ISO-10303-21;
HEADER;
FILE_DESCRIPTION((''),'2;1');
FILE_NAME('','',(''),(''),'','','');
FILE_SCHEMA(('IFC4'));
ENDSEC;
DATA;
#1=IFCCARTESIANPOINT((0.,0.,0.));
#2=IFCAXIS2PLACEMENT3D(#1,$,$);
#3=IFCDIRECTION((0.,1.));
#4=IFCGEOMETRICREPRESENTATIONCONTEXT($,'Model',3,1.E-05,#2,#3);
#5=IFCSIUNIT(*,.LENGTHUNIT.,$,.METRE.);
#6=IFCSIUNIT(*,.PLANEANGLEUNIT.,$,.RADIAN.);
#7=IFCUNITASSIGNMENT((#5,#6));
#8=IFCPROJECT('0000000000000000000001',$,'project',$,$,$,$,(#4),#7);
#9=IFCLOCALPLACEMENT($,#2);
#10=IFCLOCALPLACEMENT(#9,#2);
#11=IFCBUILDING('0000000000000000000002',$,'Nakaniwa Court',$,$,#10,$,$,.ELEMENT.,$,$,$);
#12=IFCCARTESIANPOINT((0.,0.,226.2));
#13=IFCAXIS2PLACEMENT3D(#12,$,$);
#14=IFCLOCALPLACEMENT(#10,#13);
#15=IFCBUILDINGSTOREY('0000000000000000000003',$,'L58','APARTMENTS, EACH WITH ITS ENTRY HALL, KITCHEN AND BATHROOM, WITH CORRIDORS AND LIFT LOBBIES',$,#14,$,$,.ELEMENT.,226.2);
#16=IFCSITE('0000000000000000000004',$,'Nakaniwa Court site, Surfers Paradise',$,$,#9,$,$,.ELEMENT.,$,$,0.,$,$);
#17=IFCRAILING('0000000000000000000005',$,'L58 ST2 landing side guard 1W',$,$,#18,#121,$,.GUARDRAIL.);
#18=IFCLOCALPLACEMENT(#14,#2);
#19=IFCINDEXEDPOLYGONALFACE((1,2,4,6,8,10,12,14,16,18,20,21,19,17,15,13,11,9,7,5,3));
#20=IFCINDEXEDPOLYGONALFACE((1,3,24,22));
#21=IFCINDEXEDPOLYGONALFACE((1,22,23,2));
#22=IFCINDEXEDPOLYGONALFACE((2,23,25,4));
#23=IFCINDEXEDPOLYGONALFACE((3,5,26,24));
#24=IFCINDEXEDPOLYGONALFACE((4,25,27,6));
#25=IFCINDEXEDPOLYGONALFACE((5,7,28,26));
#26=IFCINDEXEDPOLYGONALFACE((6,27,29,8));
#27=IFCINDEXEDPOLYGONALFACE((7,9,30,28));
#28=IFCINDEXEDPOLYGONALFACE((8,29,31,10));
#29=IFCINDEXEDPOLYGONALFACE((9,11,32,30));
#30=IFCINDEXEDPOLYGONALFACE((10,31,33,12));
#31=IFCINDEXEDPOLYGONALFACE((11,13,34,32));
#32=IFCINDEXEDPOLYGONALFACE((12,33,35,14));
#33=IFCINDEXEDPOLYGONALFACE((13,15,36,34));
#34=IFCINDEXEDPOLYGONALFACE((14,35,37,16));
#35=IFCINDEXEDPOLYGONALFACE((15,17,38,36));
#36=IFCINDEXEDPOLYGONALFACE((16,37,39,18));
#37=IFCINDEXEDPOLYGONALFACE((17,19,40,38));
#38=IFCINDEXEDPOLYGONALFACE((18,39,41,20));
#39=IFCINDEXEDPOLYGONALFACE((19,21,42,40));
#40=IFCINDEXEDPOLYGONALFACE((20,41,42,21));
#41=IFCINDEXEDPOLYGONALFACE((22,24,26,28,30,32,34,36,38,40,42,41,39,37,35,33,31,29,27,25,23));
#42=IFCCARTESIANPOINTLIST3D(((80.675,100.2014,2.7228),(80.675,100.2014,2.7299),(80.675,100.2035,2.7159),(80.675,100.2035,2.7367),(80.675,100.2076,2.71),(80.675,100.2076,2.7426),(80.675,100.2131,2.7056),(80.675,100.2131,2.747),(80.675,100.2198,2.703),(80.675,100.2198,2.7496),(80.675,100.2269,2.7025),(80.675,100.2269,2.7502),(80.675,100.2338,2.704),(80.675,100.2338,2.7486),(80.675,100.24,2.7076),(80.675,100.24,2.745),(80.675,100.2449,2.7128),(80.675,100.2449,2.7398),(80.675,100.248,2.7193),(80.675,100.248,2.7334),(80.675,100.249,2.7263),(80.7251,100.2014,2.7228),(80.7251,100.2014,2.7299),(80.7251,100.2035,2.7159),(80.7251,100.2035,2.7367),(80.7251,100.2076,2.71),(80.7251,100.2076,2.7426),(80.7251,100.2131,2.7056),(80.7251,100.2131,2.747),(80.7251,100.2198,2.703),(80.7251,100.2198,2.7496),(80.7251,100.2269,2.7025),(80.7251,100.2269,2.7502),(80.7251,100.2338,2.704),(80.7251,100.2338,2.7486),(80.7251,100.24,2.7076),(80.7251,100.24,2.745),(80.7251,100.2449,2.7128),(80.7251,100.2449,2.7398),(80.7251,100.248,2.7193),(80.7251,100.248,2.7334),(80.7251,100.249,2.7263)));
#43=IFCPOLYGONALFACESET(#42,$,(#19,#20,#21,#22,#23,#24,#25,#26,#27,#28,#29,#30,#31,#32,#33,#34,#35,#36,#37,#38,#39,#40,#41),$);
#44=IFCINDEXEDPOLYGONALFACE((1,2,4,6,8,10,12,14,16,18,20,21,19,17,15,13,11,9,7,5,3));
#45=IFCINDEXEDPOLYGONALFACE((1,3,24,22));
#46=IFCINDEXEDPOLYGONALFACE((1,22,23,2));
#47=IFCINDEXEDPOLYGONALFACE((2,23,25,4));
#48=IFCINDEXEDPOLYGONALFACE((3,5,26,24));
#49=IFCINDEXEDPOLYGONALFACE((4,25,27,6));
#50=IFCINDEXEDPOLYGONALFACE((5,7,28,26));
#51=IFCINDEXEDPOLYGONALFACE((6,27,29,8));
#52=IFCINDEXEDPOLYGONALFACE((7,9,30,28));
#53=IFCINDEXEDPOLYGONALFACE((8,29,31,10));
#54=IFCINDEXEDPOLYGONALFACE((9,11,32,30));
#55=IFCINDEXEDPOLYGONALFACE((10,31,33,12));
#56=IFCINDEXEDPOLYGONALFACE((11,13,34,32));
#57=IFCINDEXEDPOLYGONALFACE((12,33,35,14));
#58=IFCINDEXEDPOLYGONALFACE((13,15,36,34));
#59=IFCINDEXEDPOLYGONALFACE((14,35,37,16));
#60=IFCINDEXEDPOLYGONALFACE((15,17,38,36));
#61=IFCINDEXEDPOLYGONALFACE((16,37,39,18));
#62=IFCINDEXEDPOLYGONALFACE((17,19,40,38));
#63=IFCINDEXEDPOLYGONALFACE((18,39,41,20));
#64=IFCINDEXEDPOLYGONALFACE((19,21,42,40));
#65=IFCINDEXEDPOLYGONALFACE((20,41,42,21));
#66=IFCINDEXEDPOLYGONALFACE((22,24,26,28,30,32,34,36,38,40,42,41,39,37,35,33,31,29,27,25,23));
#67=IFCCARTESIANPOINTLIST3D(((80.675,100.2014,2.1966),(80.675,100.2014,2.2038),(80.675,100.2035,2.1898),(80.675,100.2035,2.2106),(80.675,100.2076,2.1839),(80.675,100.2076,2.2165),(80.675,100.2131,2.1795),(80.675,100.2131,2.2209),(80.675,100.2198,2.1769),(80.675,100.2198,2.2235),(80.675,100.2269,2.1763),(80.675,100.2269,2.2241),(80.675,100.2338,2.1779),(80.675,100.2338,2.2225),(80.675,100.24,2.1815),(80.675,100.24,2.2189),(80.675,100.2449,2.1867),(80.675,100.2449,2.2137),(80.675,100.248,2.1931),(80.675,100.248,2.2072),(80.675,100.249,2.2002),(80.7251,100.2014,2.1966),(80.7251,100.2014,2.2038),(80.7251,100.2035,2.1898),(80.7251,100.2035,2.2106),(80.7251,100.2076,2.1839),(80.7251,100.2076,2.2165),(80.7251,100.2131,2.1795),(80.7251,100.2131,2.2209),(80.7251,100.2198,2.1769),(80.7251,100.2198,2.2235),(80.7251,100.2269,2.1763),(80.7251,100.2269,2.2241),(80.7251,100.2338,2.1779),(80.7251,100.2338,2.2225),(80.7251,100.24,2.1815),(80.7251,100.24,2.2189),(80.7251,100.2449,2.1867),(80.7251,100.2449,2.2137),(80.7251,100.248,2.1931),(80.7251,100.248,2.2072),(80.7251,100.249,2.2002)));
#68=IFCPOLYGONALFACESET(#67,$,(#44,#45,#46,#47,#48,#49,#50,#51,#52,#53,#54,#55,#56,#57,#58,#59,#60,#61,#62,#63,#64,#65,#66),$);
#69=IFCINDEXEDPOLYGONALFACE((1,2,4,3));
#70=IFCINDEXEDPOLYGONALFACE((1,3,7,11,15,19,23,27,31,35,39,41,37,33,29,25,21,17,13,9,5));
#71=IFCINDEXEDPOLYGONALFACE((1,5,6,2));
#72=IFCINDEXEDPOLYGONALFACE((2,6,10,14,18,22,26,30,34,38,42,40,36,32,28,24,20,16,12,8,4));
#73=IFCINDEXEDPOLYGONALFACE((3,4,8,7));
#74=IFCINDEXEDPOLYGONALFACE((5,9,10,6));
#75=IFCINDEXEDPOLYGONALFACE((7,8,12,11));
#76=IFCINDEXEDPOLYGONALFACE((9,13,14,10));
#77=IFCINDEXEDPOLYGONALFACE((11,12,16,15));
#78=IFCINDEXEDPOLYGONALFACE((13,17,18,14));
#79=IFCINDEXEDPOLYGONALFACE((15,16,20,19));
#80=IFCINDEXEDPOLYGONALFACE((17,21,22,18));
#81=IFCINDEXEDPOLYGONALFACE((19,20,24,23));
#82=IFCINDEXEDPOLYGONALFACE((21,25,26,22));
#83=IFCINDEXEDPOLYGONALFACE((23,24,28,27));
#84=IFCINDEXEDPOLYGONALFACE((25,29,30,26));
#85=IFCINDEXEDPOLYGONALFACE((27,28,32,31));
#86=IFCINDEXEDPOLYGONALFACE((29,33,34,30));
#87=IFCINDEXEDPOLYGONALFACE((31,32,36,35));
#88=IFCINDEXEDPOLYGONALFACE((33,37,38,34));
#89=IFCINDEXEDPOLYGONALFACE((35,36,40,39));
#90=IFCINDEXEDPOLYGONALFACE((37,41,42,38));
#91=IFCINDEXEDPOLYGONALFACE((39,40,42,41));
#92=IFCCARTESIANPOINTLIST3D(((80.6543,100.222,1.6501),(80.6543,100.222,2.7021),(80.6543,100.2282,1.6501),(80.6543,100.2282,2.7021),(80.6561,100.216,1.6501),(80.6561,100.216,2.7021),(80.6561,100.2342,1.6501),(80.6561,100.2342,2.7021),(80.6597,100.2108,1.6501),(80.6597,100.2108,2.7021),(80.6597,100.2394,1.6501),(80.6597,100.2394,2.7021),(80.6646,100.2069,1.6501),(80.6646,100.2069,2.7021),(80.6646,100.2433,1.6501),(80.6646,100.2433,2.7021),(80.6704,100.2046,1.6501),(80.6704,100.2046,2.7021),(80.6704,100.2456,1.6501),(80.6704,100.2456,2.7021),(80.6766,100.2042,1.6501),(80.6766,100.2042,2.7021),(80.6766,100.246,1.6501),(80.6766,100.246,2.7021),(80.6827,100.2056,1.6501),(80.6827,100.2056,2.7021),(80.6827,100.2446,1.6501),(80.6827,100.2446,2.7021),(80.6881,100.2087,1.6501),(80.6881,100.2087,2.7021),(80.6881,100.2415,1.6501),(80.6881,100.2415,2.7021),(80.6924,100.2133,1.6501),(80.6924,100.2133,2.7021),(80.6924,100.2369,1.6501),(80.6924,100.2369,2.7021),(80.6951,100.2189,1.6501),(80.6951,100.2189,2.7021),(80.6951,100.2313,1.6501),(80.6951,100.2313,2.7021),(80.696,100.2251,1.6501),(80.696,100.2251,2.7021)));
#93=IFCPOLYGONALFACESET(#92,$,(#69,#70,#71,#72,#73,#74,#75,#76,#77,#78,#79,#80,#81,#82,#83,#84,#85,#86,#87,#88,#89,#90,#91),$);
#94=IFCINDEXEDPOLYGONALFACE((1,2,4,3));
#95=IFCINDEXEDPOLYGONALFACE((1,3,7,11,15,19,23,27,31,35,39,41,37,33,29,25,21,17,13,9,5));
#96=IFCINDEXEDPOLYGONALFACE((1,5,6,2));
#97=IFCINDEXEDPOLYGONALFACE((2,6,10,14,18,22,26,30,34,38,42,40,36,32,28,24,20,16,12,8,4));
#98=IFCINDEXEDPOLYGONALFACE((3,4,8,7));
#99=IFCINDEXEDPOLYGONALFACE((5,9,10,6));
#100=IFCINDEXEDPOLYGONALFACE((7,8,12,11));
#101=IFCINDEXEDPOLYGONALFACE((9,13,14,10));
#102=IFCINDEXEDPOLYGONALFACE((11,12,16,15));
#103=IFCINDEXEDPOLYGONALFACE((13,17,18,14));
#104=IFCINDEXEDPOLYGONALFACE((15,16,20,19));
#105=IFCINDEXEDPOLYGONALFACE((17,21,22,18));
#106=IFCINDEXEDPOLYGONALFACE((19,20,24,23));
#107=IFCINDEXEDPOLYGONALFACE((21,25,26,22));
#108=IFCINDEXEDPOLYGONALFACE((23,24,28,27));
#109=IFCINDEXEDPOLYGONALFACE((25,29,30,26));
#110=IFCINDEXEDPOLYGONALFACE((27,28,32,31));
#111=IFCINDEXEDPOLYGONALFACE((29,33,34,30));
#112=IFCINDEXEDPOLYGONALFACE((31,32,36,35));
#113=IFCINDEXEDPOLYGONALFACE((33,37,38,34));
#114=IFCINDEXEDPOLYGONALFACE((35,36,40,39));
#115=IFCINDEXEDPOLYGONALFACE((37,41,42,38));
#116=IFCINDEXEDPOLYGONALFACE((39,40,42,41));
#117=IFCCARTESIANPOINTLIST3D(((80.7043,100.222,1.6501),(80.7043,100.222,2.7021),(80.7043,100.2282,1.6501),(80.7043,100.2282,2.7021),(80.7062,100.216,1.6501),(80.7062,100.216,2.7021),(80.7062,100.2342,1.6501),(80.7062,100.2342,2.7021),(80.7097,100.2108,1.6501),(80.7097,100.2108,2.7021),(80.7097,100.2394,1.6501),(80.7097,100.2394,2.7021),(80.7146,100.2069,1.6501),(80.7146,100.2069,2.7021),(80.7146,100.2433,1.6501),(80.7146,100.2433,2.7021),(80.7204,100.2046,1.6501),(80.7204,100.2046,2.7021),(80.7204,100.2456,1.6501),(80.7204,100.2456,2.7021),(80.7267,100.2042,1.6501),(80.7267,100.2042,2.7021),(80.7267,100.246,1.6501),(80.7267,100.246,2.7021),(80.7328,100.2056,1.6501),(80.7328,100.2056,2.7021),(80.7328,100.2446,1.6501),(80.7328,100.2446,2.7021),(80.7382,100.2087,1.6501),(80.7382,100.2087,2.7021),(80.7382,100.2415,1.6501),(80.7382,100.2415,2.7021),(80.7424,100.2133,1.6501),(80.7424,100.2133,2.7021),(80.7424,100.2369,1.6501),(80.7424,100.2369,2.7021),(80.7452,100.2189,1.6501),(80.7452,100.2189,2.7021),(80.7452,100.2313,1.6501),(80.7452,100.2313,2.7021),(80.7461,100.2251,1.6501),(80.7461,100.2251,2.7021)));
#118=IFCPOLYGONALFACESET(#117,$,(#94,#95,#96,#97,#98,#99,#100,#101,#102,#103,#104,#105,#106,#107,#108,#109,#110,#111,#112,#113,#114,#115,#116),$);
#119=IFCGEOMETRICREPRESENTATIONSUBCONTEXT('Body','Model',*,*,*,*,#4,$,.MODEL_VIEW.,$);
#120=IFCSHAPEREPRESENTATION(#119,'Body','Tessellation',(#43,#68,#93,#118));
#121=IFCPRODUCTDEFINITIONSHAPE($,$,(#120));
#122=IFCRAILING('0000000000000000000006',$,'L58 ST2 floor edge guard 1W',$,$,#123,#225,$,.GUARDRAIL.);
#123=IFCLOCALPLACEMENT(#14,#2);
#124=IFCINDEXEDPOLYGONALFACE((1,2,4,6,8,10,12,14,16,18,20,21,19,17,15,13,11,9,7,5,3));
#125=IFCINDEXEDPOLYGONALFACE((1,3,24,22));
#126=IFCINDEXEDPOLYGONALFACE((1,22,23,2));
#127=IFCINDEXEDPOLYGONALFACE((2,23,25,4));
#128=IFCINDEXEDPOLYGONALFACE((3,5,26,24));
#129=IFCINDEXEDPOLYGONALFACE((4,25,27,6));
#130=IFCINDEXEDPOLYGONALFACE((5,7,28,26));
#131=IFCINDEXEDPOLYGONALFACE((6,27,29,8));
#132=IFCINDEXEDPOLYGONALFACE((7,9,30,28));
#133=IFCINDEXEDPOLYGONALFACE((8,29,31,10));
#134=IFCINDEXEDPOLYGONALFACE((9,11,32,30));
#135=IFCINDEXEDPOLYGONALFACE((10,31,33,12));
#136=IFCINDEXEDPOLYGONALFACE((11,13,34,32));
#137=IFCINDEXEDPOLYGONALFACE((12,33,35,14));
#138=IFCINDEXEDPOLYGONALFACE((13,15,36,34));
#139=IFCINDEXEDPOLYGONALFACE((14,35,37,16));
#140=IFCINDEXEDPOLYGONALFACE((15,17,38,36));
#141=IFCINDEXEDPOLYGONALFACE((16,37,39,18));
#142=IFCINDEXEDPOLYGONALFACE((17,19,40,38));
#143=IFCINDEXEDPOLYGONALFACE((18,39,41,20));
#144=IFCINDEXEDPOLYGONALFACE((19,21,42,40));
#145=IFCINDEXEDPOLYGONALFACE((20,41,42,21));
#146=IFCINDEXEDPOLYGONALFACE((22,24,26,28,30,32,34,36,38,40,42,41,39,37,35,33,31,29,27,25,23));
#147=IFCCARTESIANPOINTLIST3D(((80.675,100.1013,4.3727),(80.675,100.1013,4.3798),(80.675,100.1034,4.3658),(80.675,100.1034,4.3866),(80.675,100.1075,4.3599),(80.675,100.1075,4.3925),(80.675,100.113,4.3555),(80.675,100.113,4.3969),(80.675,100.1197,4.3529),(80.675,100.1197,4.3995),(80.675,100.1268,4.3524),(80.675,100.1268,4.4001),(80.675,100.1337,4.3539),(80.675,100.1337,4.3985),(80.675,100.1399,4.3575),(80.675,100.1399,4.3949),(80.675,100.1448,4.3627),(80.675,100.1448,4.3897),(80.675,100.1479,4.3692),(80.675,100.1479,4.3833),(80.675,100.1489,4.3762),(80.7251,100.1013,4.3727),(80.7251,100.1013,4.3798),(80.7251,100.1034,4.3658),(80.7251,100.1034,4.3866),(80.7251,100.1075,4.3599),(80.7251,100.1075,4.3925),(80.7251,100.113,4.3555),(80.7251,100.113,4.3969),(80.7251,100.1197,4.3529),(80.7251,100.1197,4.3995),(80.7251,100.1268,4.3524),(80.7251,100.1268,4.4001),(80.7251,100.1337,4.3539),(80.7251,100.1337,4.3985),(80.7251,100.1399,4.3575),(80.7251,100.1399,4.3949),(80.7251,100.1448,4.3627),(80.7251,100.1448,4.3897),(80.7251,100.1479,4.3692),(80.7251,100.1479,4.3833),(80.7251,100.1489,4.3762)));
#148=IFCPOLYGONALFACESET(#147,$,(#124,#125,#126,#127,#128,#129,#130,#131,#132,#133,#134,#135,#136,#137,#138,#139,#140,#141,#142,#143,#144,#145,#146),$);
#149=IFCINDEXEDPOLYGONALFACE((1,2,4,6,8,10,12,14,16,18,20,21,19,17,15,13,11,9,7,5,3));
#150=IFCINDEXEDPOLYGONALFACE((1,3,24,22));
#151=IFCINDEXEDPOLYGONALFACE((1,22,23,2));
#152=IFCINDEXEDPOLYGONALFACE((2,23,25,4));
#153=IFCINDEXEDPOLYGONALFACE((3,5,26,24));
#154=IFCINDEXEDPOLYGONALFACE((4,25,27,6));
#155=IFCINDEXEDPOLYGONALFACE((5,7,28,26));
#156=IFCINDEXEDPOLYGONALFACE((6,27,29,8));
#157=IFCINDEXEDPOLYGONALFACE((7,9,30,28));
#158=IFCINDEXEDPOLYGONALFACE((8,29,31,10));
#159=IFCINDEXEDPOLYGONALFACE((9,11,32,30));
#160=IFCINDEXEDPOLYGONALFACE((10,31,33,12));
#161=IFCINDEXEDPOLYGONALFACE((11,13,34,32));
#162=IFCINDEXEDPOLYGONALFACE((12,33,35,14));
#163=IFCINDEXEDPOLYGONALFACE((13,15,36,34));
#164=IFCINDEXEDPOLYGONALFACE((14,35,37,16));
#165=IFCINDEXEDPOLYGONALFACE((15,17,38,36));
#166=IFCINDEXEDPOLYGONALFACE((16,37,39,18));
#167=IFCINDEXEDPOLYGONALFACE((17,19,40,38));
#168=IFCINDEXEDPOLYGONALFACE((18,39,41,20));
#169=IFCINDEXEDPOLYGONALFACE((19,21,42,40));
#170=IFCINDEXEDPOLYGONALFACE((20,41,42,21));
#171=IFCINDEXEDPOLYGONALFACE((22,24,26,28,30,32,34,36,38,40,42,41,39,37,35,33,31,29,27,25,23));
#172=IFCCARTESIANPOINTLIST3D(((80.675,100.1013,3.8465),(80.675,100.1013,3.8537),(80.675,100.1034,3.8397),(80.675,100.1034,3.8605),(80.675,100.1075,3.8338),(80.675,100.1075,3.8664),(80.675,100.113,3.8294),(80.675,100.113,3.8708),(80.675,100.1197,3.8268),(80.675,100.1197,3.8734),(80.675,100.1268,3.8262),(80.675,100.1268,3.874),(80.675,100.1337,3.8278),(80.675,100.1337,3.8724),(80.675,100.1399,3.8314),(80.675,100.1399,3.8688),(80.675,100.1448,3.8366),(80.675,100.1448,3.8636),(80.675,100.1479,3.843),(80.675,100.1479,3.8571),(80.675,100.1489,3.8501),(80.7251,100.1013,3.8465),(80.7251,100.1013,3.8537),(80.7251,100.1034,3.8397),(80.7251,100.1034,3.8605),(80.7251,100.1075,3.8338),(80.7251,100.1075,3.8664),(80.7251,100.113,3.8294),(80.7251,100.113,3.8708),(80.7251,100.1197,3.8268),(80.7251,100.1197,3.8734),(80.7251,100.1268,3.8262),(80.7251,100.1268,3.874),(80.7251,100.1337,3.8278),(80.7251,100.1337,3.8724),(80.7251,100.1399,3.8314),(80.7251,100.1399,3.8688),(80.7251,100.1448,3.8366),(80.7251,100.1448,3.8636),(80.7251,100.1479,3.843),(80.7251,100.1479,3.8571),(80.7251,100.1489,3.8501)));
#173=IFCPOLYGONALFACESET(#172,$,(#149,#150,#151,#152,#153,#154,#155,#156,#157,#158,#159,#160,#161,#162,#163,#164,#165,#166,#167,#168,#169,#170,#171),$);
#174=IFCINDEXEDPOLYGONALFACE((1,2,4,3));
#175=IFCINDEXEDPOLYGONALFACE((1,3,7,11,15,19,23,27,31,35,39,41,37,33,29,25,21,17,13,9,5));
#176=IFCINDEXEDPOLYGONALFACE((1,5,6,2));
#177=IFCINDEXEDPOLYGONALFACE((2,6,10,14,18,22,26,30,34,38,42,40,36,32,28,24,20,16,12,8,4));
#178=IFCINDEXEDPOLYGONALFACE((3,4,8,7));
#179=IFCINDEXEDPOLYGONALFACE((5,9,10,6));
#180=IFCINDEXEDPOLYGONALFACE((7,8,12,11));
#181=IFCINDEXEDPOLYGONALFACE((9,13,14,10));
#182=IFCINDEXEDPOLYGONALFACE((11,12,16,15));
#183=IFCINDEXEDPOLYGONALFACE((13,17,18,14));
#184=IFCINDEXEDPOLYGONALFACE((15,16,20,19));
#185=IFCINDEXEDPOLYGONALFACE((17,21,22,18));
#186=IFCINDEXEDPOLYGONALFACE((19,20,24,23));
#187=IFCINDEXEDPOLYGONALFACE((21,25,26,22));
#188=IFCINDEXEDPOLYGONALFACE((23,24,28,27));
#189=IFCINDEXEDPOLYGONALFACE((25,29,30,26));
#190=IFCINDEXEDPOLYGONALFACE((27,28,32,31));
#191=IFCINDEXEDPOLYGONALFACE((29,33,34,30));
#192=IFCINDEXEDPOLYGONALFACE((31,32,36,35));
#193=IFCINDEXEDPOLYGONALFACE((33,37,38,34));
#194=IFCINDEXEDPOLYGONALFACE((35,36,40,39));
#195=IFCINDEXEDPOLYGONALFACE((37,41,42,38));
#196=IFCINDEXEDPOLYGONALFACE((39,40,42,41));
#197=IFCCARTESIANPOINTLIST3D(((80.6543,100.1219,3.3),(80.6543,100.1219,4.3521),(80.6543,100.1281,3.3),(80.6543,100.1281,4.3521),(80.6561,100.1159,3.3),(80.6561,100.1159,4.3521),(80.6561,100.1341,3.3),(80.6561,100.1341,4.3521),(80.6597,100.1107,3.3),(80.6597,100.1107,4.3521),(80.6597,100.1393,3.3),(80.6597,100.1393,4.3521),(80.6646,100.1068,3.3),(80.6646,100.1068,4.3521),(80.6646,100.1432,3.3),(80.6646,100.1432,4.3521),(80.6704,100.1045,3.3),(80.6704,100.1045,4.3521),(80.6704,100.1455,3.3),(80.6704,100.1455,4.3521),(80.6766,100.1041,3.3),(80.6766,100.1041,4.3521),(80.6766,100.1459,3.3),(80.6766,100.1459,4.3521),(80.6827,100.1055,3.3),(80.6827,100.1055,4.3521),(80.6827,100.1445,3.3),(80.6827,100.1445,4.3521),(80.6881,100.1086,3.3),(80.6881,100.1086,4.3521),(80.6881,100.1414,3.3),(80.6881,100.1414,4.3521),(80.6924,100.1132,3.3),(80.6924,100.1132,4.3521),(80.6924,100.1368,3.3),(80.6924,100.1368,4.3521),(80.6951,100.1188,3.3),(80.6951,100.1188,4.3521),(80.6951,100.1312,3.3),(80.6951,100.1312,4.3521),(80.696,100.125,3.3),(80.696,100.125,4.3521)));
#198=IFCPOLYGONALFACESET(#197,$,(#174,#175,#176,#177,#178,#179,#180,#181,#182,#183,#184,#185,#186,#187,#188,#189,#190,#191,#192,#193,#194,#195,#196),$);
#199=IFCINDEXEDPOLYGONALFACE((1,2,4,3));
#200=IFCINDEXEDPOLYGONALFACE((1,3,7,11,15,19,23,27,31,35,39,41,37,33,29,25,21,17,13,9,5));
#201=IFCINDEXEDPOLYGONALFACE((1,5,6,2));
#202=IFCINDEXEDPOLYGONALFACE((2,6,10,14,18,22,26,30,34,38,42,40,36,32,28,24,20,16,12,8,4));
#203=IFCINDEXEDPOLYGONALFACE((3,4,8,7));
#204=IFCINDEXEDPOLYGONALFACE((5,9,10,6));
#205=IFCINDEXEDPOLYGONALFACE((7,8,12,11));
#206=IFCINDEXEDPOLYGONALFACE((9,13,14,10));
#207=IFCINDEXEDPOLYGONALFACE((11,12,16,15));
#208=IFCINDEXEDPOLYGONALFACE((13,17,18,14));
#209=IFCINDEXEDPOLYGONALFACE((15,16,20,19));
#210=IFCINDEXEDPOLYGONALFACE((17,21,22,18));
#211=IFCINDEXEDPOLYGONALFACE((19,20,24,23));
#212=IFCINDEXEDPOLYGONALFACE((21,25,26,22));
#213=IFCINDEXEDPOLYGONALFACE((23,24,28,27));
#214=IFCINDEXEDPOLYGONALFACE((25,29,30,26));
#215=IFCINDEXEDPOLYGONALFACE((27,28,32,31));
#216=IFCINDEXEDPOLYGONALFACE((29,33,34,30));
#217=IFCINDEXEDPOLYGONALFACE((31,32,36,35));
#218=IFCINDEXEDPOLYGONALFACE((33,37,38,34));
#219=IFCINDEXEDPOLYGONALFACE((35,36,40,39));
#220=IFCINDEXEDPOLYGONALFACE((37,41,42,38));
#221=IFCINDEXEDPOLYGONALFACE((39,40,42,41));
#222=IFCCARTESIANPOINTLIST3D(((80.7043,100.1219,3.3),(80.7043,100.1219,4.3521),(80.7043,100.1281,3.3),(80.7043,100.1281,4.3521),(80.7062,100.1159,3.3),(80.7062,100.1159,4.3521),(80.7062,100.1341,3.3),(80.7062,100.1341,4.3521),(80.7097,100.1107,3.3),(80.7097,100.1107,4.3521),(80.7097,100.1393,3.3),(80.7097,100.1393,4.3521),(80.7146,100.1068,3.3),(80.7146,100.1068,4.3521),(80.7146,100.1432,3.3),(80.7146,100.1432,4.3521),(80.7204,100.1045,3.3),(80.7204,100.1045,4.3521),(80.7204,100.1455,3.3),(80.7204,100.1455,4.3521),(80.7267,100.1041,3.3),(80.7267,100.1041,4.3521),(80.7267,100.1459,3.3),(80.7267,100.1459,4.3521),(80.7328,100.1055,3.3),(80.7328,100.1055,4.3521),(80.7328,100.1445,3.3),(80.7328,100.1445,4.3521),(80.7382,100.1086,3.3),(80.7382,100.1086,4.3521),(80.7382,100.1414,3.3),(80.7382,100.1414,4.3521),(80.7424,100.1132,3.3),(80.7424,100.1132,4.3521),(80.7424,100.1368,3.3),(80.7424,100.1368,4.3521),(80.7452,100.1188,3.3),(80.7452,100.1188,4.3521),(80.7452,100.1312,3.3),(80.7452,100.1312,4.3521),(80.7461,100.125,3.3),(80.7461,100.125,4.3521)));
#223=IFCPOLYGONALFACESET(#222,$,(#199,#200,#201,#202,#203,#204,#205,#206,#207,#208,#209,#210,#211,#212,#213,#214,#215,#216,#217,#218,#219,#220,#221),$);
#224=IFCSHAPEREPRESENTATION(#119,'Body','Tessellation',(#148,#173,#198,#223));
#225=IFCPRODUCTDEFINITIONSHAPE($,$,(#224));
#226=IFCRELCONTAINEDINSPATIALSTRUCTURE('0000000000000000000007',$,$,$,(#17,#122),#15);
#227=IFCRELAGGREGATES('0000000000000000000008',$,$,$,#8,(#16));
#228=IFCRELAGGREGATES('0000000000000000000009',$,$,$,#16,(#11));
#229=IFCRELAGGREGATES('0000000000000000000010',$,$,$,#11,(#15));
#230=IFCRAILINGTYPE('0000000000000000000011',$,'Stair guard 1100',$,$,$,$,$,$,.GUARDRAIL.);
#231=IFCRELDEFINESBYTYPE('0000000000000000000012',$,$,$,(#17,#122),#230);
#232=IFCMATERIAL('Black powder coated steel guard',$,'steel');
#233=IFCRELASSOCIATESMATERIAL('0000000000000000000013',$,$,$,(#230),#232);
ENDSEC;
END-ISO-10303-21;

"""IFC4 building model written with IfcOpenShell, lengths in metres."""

from ifc_helpers import new_model, si_unit, direction, frame, origin, origin_2d, place, context, subcontext, project, spatial, circle, extrude, material, type_object, element, save


model = new_model("IFC4")

# Units and contexts
model_context = context("Model", 3, precision=1e-05, world=origin(), true_north=direction((0.0, 1.0)))
body_context = subcontext(model_context, "Body", "Model", "MODEL_VIEW")
ifc_project = project(units=[si_unit("LENGTHUNIT", "METRE"), si_unit("PLANEANGLEUNIT", "RADIAN")], contexts=[model_context])

# Site, building, storey
site_placement = place(None, origin())
site = spatial("IfcSite", under=ifc_project, at=site_placement, Name="Nakaniwa Court site, Surfers Paradise", CompositionType="ELEMENT", RefElevation=0.0)
building_placement = place(site_placement, origin())
building = spatial("IfcBuilding", under=site, at=building_placement, Name="Nakaniwa Court", CompositionType="ELEMENT")
storey_placement = place(building_placement, frame((0.0, 0.0, 226.2)))
storey = spatial("IfcBuildingStorey", under=building, at=storey_placement, Name="L58", Description="APARTMENTS, EACH WITH ITS ENTRY HALL, KITCHEN AND BATHROOM, WITH CORRIDORS AND LIFT LOBBIES", CompositionType="ELEMENT", Elevation=226.2)

# Railings
ifc_material_1 = material(Name="Black powder coated steel guard", Category="steel")
railing_type_1 = type_object("IfcRailingType", Name="Stair guard 1100", PredefinedType="GUARDRAIL", material=ifc_material_1)
for number, where, name in (
    (1, (80.675, 100.2251, 1.6501), "L58 ST2 landing side guard 1W"),
    (2, (80.675, 100.125, 3.3), "L58 ST2 floor edge guard 1W"),
):
    element("IfcRailing", number, at=place(storey_placement, frame(where)), inside=storey, type_object=railing_type_1, Name=name, PredefinedType="GUARDRAIL", context=body_context, shape_type="SweptSolid", body=[
        extrude(circle(Radius=0.0239, at=origin_2d()), frame((0.0, 0.0, 1.0762), z_axis=(1.0, 0.0, 0.0), x_axis=(0.0, 1.0, 0.0)), (0.0, 0.0, 1.0), 0.05),
        extrude(circle(Radius=0.0239, at=origin_2d()), frame((0.0, 0.0, 0.55), z_axis=(1.0, 0.0, 0.0), x_axis=(0.0, 1.0, 0.0)), (0.0, 0.0, 1.0), 0.05),
        extrude(circle(Radius=0.021, at=origin_2d()), origin(), (0.0, 0.0, 1.0), 1.052),
        extrude(circle(Radius=0.021, at=origin_2d()), frame((0.05, 0.0, 0.0)), (0.0, 0.0, 1.0), 1.052),
    ])

save(model, "model.ifc")
